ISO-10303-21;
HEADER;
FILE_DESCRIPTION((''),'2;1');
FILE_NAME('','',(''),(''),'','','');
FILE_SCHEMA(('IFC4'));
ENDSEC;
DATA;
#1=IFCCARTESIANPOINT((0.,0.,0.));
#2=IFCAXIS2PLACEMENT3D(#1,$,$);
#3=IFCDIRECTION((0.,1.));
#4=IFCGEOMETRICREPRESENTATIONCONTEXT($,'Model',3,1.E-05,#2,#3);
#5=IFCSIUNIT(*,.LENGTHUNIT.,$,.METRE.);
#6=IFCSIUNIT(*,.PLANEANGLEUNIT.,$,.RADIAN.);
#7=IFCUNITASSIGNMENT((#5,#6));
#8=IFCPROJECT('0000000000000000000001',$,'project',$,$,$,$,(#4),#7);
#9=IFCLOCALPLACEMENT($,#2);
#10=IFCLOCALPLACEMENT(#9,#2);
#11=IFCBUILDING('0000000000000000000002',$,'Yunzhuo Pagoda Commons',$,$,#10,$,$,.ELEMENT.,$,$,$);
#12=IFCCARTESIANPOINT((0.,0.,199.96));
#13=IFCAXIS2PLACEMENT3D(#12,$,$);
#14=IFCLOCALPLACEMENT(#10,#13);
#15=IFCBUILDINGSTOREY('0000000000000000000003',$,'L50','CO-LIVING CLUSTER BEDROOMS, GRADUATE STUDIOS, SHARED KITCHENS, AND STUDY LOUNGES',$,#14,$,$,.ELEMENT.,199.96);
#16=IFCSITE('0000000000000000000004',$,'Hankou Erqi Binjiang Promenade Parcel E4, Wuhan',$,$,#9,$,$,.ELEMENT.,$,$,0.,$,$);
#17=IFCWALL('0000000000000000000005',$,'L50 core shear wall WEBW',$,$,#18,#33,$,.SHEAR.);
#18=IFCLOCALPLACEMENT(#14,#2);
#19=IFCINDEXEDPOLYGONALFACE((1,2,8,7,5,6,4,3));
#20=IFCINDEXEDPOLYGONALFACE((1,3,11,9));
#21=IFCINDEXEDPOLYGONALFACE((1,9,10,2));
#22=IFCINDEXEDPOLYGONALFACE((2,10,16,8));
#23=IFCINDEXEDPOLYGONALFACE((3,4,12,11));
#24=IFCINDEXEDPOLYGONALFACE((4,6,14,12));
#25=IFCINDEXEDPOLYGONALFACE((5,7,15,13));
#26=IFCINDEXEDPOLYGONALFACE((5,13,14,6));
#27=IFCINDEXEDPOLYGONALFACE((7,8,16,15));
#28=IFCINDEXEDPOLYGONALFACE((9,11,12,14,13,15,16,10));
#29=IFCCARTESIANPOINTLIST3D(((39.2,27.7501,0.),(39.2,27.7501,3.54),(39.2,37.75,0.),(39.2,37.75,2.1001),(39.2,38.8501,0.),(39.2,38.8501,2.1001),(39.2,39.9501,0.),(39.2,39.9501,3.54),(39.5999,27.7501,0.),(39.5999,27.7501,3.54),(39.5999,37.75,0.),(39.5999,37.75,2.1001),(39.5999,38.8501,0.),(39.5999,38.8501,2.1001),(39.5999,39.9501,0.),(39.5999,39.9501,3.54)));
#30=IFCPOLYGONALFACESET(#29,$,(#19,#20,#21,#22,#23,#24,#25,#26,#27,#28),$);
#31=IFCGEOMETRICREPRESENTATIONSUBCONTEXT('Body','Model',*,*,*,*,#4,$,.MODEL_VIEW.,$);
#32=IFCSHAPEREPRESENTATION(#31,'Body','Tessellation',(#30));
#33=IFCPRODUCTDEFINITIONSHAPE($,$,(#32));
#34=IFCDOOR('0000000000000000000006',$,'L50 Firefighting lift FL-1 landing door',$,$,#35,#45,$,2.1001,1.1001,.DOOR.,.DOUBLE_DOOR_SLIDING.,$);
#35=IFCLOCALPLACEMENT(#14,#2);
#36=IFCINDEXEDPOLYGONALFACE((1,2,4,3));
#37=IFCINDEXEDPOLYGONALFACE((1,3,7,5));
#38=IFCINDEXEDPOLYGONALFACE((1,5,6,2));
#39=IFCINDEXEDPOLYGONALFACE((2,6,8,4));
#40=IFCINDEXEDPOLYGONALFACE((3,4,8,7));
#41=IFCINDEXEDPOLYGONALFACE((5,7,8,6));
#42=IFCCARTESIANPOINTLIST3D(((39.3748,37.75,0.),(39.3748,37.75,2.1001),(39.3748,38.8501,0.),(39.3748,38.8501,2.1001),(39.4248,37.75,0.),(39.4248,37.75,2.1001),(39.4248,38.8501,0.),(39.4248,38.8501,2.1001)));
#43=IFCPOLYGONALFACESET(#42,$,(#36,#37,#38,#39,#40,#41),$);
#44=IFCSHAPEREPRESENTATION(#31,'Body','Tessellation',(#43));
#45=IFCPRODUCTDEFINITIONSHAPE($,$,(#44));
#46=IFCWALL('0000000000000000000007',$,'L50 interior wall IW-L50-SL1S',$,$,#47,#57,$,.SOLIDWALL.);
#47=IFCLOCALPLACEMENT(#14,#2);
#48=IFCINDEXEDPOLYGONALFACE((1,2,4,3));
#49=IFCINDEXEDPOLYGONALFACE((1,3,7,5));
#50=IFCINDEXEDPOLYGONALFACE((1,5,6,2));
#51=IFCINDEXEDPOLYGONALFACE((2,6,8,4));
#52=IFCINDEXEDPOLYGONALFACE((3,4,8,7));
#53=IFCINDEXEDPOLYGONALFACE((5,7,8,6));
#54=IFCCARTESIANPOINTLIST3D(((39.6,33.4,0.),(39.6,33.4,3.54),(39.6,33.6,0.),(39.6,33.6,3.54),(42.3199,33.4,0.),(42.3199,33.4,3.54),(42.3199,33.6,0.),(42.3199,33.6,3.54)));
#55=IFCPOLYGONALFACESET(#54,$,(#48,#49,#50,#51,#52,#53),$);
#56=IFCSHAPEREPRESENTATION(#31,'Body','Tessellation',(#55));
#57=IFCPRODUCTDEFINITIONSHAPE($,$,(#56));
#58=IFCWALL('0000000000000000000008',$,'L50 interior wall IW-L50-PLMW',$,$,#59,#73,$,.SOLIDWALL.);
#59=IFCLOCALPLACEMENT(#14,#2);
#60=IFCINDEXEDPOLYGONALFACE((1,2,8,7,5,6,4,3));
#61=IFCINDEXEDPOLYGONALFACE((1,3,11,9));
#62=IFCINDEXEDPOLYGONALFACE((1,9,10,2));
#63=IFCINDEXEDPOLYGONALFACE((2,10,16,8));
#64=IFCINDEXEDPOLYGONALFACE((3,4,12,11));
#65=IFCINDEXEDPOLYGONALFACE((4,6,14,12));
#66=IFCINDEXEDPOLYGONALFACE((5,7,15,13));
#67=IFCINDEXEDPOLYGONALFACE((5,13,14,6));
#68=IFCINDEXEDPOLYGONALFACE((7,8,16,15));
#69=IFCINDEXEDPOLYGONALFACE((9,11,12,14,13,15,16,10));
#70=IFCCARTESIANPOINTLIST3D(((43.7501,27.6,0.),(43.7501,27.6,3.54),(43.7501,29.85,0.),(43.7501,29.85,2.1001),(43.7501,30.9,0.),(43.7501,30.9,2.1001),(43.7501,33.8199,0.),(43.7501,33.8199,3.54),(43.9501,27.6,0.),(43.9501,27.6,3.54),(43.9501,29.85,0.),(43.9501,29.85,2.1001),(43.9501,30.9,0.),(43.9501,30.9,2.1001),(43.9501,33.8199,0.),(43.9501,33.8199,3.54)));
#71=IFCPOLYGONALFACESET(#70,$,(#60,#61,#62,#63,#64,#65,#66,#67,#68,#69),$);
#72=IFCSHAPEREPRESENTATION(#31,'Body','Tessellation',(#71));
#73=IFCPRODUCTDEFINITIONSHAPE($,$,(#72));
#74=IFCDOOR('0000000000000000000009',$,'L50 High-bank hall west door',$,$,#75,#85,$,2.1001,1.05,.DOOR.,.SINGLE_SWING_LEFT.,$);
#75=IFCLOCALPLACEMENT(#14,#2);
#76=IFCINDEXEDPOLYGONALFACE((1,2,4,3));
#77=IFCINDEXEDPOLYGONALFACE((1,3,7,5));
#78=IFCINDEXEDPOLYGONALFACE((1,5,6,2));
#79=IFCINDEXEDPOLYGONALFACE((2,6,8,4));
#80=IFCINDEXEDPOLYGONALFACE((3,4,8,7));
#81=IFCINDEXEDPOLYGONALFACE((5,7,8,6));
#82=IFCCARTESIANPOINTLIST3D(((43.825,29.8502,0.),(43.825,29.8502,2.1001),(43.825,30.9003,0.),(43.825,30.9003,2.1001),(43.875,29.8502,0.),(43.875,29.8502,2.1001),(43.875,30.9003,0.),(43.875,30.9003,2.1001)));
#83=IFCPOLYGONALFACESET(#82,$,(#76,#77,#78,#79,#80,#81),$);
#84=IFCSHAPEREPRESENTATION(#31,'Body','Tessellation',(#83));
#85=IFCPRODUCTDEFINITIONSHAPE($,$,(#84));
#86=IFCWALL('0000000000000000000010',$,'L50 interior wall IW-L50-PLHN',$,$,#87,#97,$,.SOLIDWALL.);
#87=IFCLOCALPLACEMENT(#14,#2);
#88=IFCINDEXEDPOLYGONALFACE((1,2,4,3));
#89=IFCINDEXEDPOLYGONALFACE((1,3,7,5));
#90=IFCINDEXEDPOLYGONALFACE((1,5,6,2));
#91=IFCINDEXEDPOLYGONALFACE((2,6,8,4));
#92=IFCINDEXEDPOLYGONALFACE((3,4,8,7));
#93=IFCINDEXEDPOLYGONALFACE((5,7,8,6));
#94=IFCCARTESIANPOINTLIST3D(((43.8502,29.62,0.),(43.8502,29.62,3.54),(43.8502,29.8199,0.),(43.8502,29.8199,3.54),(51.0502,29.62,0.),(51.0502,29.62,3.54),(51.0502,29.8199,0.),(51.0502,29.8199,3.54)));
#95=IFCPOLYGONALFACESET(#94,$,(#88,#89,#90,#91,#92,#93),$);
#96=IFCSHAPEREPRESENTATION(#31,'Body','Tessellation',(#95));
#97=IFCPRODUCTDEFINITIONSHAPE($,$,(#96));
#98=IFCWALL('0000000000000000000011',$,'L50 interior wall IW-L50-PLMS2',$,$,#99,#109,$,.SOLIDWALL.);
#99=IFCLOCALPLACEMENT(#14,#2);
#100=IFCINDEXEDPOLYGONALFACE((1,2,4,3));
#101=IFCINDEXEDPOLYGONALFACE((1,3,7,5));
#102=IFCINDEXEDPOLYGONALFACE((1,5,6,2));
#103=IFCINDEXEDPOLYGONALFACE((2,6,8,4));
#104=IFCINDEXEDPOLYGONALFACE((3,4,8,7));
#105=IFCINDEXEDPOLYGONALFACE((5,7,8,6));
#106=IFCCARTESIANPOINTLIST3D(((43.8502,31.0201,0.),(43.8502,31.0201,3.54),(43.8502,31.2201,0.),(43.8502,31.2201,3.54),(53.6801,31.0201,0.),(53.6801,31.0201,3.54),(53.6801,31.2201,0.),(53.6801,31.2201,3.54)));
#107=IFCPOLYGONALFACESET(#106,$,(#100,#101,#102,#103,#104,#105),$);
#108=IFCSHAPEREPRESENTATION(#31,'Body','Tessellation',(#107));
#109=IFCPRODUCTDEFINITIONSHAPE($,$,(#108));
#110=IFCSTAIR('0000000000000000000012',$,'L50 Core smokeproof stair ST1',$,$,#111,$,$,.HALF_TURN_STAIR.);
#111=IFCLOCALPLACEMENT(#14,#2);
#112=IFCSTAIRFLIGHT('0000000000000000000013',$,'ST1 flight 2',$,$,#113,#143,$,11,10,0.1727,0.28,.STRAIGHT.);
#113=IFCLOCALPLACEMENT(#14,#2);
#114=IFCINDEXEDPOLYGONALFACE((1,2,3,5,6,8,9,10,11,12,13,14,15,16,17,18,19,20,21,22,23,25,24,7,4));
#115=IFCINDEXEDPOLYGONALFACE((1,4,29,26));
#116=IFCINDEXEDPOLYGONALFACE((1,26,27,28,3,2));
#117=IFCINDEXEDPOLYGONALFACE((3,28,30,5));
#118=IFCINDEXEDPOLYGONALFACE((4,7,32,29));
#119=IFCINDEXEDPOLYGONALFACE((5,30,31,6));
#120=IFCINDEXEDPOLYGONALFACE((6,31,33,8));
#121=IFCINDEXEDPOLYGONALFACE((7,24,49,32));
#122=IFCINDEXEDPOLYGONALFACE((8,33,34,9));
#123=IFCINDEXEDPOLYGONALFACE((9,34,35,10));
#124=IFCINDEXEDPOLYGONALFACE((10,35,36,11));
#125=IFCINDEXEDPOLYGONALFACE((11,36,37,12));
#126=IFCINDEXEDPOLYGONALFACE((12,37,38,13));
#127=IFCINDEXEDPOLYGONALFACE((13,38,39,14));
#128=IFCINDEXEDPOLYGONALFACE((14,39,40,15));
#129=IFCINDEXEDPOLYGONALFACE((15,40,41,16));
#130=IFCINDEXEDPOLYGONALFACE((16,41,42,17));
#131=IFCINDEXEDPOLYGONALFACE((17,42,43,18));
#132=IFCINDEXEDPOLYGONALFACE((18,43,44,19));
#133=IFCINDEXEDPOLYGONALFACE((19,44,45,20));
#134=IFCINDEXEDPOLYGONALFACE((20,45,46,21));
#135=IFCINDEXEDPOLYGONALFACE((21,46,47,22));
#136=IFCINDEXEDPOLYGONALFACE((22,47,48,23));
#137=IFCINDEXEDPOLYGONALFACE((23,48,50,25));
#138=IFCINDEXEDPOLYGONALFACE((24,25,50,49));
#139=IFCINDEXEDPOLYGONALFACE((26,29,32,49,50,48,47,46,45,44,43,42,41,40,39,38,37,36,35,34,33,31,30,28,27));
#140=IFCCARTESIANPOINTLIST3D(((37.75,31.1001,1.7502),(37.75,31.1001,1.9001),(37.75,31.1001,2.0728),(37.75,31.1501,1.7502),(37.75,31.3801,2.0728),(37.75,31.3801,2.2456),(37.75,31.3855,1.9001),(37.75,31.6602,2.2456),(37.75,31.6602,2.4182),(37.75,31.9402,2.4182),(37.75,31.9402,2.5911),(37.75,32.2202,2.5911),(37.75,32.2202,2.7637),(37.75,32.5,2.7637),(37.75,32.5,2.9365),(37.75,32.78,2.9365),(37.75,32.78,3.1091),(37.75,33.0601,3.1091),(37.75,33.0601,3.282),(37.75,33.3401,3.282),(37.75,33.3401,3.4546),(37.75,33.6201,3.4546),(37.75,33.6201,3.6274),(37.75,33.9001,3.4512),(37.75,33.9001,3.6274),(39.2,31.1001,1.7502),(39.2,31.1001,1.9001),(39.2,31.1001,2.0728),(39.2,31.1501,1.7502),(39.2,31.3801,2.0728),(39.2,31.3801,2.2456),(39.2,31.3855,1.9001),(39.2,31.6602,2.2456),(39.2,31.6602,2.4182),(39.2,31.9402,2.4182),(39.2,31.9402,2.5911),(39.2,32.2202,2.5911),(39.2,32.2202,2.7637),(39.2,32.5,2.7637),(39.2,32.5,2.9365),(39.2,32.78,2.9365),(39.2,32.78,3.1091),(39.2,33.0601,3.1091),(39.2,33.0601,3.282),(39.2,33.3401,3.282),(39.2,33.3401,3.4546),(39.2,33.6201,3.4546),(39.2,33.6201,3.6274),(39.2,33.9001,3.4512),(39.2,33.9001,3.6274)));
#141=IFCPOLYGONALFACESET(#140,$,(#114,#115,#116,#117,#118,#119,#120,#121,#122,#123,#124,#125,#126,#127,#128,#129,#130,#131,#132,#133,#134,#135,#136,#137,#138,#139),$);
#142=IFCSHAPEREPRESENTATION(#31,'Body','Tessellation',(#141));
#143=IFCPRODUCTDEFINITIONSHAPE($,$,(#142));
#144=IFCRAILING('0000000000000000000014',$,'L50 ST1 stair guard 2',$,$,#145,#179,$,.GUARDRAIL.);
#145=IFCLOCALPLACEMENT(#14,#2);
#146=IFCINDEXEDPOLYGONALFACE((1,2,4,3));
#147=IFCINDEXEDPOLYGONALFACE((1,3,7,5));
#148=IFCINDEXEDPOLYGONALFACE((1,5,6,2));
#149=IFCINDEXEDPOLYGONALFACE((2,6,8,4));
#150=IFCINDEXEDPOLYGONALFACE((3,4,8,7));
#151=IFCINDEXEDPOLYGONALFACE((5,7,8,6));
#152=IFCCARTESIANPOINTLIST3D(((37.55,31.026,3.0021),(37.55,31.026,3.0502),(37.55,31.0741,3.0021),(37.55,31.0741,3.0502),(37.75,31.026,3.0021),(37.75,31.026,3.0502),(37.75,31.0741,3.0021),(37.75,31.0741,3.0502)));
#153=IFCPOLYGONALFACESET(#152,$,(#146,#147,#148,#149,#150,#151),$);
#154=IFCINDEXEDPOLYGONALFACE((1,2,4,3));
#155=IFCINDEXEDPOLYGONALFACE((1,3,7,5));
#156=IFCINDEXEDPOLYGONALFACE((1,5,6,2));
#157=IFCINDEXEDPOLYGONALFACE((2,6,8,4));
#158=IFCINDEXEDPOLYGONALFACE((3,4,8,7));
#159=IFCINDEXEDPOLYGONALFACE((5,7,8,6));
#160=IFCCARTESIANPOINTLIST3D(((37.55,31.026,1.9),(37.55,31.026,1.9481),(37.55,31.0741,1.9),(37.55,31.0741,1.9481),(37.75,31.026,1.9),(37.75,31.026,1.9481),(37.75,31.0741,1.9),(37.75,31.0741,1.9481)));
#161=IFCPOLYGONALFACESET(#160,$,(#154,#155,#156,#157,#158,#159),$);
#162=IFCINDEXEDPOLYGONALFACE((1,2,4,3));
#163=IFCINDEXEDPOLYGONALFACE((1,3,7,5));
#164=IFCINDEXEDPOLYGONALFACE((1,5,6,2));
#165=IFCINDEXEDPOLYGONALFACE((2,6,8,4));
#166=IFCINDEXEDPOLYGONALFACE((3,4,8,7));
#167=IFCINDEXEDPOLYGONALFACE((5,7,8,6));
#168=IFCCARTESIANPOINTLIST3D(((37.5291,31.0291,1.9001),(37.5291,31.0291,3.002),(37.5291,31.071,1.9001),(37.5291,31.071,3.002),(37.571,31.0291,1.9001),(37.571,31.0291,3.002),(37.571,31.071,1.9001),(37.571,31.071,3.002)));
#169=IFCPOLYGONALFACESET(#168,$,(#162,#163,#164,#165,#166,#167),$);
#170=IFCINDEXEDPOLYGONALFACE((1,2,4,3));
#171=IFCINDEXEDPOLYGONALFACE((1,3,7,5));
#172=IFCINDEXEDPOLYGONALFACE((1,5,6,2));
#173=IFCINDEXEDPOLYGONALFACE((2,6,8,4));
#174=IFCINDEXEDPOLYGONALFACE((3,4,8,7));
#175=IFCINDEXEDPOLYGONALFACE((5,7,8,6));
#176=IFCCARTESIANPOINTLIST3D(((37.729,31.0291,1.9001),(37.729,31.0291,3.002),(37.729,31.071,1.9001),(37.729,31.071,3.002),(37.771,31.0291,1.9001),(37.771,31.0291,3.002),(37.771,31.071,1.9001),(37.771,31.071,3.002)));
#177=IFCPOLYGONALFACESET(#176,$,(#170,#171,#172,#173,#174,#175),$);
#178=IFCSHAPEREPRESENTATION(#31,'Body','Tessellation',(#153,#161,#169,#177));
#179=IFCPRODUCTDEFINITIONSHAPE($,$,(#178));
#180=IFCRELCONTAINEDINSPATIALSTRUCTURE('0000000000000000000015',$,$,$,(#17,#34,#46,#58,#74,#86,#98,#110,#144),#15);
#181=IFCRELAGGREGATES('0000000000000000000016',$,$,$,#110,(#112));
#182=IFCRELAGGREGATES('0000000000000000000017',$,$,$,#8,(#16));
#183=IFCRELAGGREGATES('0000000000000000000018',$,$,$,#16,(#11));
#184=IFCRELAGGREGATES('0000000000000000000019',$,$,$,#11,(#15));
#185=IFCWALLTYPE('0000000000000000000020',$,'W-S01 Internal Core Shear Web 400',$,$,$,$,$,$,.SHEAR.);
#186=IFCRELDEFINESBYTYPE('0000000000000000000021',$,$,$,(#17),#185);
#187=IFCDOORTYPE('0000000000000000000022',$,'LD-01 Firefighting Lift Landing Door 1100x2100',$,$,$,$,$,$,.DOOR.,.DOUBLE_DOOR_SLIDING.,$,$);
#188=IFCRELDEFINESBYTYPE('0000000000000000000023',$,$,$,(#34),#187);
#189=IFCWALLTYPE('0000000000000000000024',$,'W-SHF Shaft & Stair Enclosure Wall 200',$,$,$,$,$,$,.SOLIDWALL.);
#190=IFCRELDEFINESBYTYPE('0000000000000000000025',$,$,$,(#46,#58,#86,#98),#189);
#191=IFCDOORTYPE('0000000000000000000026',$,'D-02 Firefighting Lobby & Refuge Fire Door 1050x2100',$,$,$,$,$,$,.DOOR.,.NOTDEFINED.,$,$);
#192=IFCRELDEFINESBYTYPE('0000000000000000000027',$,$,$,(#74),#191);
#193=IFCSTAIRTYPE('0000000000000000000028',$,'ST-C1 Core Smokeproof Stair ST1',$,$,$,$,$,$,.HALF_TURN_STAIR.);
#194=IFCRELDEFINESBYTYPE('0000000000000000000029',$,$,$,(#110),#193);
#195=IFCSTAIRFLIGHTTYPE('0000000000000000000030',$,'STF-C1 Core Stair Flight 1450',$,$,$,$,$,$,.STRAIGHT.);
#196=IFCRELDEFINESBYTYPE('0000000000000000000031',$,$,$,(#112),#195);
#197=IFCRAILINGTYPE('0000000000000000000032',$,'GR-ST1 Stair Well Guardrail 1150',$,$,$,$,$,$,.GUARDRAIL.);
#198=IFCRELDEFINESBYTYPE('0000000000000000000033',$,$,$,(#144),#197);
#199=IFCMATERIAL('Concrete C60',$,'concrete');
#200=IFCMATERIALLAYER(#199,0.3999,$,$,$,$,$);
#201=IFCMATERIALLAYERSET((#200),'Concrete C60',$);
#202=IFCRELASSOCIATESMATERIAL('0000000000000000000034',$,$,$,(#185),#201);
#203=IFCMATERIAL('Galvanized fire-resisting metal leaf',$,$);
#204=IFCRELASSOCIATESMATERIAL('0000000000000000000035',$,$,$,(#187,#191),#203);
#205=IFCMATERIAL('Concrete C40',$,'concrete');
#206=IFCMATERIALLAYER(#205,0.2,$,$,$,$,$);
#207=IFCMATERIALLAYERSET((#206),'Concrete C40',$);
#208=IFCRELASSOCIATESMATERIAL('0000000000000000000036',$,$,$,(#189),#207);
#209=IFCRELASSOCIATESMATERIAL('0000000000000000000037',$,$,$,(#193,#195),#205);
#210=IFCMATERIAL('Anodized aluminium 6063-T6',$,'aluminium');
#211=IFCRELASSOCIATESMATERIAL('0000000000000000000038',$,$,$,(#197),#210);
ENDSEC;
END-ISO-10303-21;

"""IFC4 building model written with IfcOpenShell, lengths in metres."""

from ifc_helpers import new_model, si_unit, direction, frame, frame_2d, origin, origin_2d, place, context, subcontext, project, spatial, polyline, rectangle, outline, extrude, source, transform, mapped, material, layer, layer_set, type_object, element, fill, aggregate, save


model = new_model("IFC4")

# Units and contexts
model_context = context("Model", 3, precision=1e-05, world=origin(), true_north=direction((0.0, 1.0)))
body_context = subcontext(model_context, "Body", "Model", "MODEL_VIEW")
ifc_project = project(units=[si_unit("LENGTHUNIT", "METRE"), si_unit("PLANEANGLEUNIT", "RADIAN")], contexts=[model_context])

# Site, building, storey
site_placement = place(None, origin())
site = spatial("IfcSite", under=ifc_project, at=site_placement, Name="Hankou Erqi Binjiang Promenade Parcel E4, Wuhan", CompositionType="ELEMENT", RefElevation=0.0)
building_placement = place(site_placement, origin())
building = spatial("IfcBuilding", under=site, at=building_placement, Name="Yunzhuo Pagoda Commons", CompositionType="ELEMENT")
storey_placement = place(building_placement, frame((0.0, 0.0, 199.96)))
storey = spatial("IfcBuildingStorey", under=building, at=storey_placement, Name="L50", Description="CO-LIVING CLUSTER BEDROOMS, GRADUATE STUDIOS, SHARED KITCHENS, AND STUDY LOUNGES", CompositionType="ELEMENT", Elevation=199.96)

# Shared definitions
ifc_material_1 = material(Name="Galvanized fire-resisting metal leaf")

# Wall, opening, door
ifc_material_2 = material(Name="Concrete C60", Category="concrete")
ifc_layer_1 = layer(ifc_material_2, 0.3999)
ifc_layer_set_1 = layer_set([ifc_layer_1], Name="Concrete C60")
wall_type_1 = type_object("IfcWallType", Name="W-S01 Internal Core Shear Web 400", PredefinedType="SHEAR", material=ifc_layer_set_1)
wall_1_placement = place(storey_placement, frame((39.3999, 27.75, 0.0), z_axis=(0.0, 0.0, 1.0), x_axis=(0.0, 1.0, 0.0)))
wall_1 = element("IfcWall", 1, at=wall_1_placement, inside=storey, type_object=wall_type_1, Name="L50 core shear wall WEBW", PredefinedType="SHEAR", context=body_context, shape_type="SweptSolid", body=[
    extrude(rectangle(XDim=12.2, YDim=0.3999, at=frame_2d((6.1001, 0.0))), origin(), (0.0, 0.0, 1.0), 3.54),
])
opening_1_placement = place(wall_1_placement, frame((10.0, 0.0, 0.0)))
opening_1 = element("IfcOpeningElement", 2, at=opening_1_placement, cuts=wall_1, PredefinedType="OPENING", context=body_context, shape_type="SweptSolid", body=[
    extrude(rectangle(XDim=1.1001, YDim=2.1001, at=frame_2d((0.55, 1.05))), frame((0.0, 0.21, 0.0), z_axis=(0.0, -1.0, 0.0), x_axis=(1.0, 0.0, 0.0)), (0.0, 0.0, 1.0), 0.4199),
])
door_type_1 = type_object("IfcDoorType", Name="LD-01 Firefighting Lift Landing Door 1100x2100", OperationType="DOUBLE_DOOR_SLIDING", PredefinedType="DOOR", material=ifc_material_1)
shared_shape_1 = source(origin(), body_context, "Body", "SweptSolid", [
    extrude(rectangle(XDim=1.1001, YDim=2.1001, at=frame_2d((0.55, 1.05))), frame((0.0, 0.0249, 0.0), z_axis=(0.0, -1.0, 0.0), x_axis=(1.0, 0.0, 0.0)), (0.0, 0.0, 1.0), 0.05),
])
door_1_placement = place(opening_1_placement, frame((1.1001, 0.0, 0.0), z_axis=(0.0, 0.0, 1.0), x_axis=(-1.0, 0.0, 0.0)))
door_1 = element("IfcDoor", 3, at=door_1_placement, inside=storey, type_object=door_type_1, Name="L50 Firefighting lift FL-1 landing door", OperationType="DOUBLE_DOOR_SLIDING", OverallHeight=2.1001, OverallWidth=1.1001, PredefinedType="DOOR", context=body_context, shape_type="MappedRepresentation", body=[
    mapped(shared_shape_1, transform((0.0, 0.0, 0.0), scale=1.0)),
])
fill(opening_1, door_1)

# Wall
ifc_material_3 = material(Name="Concrete C40", Category="concrete")
ifc_layer_2 = layer(ifc_material_3, 0.2)
ifc_layer_set_2 = layer_set([ifc_layer_2], Name="Concrete C40")
wall_type_2 = type_object("IfcWallType", Name="W-SHF Shaft & Stair Enclosure Wall 200", PredefinedType="SOLIDWALL", material=ifc_layer_set_2)
wall_2_placement = place(storey_placement, frame((39.6001, 33.5, 0.0), z_axis=(0.0, 0.0, 1.0), x_axis=(1.0, 0.0, 0.0)))
element("IfcWall", 4, at=wall_2_placement, inside=storey, type_object=wall_type_2, Name="L50 interior wall IW-L50-SL1S", PredefinedType="SOLIDWALL", context=body_context, shape_type="SweptSolid", body=[
    extrude(rectangle(XDim=2.72, YDim=0.2, at=frame_2d((1.3599, 0.0))), origin(), (0.0, 0.0, 1.0), 3.54),
])

# Wall, opening, door
wall_3_placement = place(storey_placement, frame((43.8501, 27.6001, 0.0), z_axis=(0.0, 0.0, 1.0), x_axis=(0.0, 1.0, 0.0)))
wall_3 = element("IfcWall", 5, at=wall_3_placement, inside=storey, type_object=wall_type_2, Name="L50 interior wall IW-L50-PLMW", PredefinedType="SOLIDWALL", context=body_context, shape_type="SweptSolid", body=[
    extrude(rectangle(XDim=6.22, YDim=0.2, at=frame_2d((3.1099, 0.0))), origin(), (0.0, 0.0, 1.0), 3.54),
])
opening_2_placement = place(wall_3_placement, frame((2.25, 0.0, 0.0)))
opening_2 = element("IfcOpeningElement", 6, at=opening_2_placement, cuts=wall_3, PredefinedType="OPENING", context=body_context, shape_type="SweptSolid", body=[
    extrude(rectangle(XDim=1.05, YDim=2.1001, at=frame_2d((0.5249, 1.05))), frame((0.0, 0.1099, 0.0), z_axis=(0.0, -1.0, 0.0), x_axis=(1.0, 0.0, 0.0)), (0.0, 0.0, 1.0), 0.22),
])
door_type_2 = type_object("IfcDoorType", Name="D-02 Firefighting Lobby & Refuge Fire Door 1050x2100", OperationType="NOTDEFINED", PredefinedType="DOOR", material=ifc_material_1)
shared_shape_2 = source(origin(), body_context, "Body", "SweptSolid", [
    extrude(rectangle(XDim=1.05, YDim=2.1001, at=frame_2d((0.5249, 1.05))), frame((0.0, 0.0249, 0.0), z_axis=(0.0, -1.0, 0.0), x_axis=(1.0, 0.0, 0.0)), (0.0, 0.0, 1.0), 0.05),
])
door_2_placement = place(opening_2_placement, frame((1.05, 0.0, 0.0), z_axis=(0.0, 0.0, 1.0), x_axis=(-1.0, 0.0, 0.0)))
door_2 = element("IfcDoor", 7, at=door_2_placement, inside=storey, type_object=door_type_2, Name="L50 High-bank hall west door", OperationType="SINGLE_SWING_LEFT", OverallHeight=2.1001, OverallWidth=1.05, PredefinedType="DOOR", context=body_context, shape_type="MappedRepresentation", body=[
    mapped(shared_shape_2, transform((0.0, 0.0, 0.0), scale=1.0)),
])
fill(opening_2, door_2)

# Walls
wall_4_placement = place(storey_placement, frame((43.8501, 29.72, 0.0), z_axis=(0.0, 0.0, 1.0), x_axis=(1.0, 0.0, 0.0)))
element("IfcWall", 8, at=wall_4_placement, inside=storey, type_object=wall_type_2, Name="L50 interior wall IW-L50-PLHN", PredefinedType="SOLIDWALL", context=body_context, shape_type="SweptSolid", body=[
    extrude(rectangle(XDim=7.2, YDim=0.2, at=frame_2d((3.6001, 0.0))), origin(), (0.0, 0.0, 1.0), 3.54),
])
wall_5_placement = place(storey_placement, frame((43.8501, 31.1201, 0.0), z_axis=(0.0, 0.0, 1.0), x_axis=(1.0, 0.0, 0.0)))
element("IfcWall", 9, at=wall_5_placement, inside=storey, type_object=wall_type_2, Name="L50 interior wall IW-L50-PLMS2", PredefinedType="SOLIDWALL", context=body_context, shape_type="SweptSolid", body=[
    extrude(rectangle(XDim=9.8298, YDim=0.2, at=frame_2d((4.915, 0.0))), origin(), (0.0, 0.0, 1.0), 3.54),
])

# Stair, stair flight
stair_type = type_object("IfcStairType", Name="ST-C1 Core Smokeproof Stair ST1", PredefinedType="HALF_TURN_STAIR", material=ifc_material_3)
stair_placement = place(storey_placement, origin())
stair = element("IfcStair", 10, at=stair_placement, inside=storey, type_object=stair_type, Name="L50 Core smokeproof stair ST1", PredefinedType="HALF_TURN_STAIR")
stair_flight_type = type_object("IfcStairFlightType", Name="STF-C1 Core Stair Flight 1450", PredefinedType="STRAIGHT", material=ifc_material_3)
shared_shape_3 = source(origin(), body_context, "Body", "SweptSolid", [
    extrude(outline(polyline([(0.0, -0.1499), (0.0, 0.0), (0.0, 0.1726), (0.28, 0.1726), (0.28, 0.3455), (0.5601, 0.3455), (0.5601, 0.5181), (0.8401, 0.5181), (0.8401, 0.6909), (1.1201, 0.6909), (1.1201, 0.8635), (1.3999, 0.8635), (1.3999, 1.0364), (1.6799, 1.0364), (1.6799, 1.209), (1.96, 1.209), (1.96, 1.3818), (2.24, 1.3818), (2.24, 1.5544), (2.52, 1.5544), (2.52, 1.7273), (2.8, 1.7273), (2.8, 1.8999), (2.8, 1.551), (0.2854, 0.0), (0.05, -0.1499), (0.0, -0.1499)])), frame((0.0, 0.7251, 0.0), z_axis=(0.0, -1.0, 0.0), x_axis=(1.0, 0.0, 0.0)), (0.0, 0.0, 1.0), 1.45),
])
stair_flight_placement = place(storey_placement, frame((38.4751, 31.1001, 1.9001), z_axis=(0.0, 0.0, 1.0), x_axis=(0.0, 1.0, 0.0)))
stair_flight = element("IfcStairFlight", 11, at=stair_flight_placement, type_object=stair_flight_type, Name="ST1 flight 2", NumberOfRisers=11, NumberOfTreads=10, PredefinedType="STRAIGHT", RiserHeight=0.1727, TreadLength=0.28, context=body_context, shape_type="MappedRepresentation", body=[
    mapped(shared_shape_3, transform((0.0, 0.0, 0.0), scale=1.0)),
])
aggregate(stair, [stair_flight])

# Railing
ifc_material_4 = material(Name="Anodized aluminium 6063-T6", Category="aluminium")
railing_type_1 = type_object("IfcRailingType", Name="GR-ST1 Stair Well Guardrail 1150", PredefinedType="GUARDRAIL", material=ifc_material_4)
railing_1_placement = place(storey_placement, frame((37.55, 31.05, 1.9001)))
element("IfcRailing", 12, at=railing_1_placement, inside=storey, type_object=railing_type_1, Name="L50 ST1 stair guard 2", PredefinedType="GUARDRAIL", context=body_context, shape_type="SweptSolid", body=[
    extrude(rectangle(XDim=0.0481, YDim=0.0481, at=origin_2d()), frame((0.0, 0.0, 1.126), z_axis=(1.0, 0.0, 0.0), x_axis=(0.0, 1.0, 0.0)), (0.0, 0.0, 1.0), 0.2),
    extrude(rectangle(XDim=0.0481, YDim=0.0481, at=origin_2d()), frame((0.0, 0.0, 0.0239), z_axis=(1.0, 0.0, 0.0), x_axis=(0.0, 1.0, 0.0)), (0.0, 0.0, 1.0), 0.2),
    extrude(rectangle(XDim=0.042, YDim=0.042, at=origin_2d()), origin(), (0.0, 0.0, 1.0), 1.1018),
    extrude(rectangle(XDim=0.042, YDim=0.042, at=origin_2d()), frame((0.2, 0.0, 0.0)), (0.0, 0.0, 1.0), 1.1018),
])

save(model, "model.ifc")
